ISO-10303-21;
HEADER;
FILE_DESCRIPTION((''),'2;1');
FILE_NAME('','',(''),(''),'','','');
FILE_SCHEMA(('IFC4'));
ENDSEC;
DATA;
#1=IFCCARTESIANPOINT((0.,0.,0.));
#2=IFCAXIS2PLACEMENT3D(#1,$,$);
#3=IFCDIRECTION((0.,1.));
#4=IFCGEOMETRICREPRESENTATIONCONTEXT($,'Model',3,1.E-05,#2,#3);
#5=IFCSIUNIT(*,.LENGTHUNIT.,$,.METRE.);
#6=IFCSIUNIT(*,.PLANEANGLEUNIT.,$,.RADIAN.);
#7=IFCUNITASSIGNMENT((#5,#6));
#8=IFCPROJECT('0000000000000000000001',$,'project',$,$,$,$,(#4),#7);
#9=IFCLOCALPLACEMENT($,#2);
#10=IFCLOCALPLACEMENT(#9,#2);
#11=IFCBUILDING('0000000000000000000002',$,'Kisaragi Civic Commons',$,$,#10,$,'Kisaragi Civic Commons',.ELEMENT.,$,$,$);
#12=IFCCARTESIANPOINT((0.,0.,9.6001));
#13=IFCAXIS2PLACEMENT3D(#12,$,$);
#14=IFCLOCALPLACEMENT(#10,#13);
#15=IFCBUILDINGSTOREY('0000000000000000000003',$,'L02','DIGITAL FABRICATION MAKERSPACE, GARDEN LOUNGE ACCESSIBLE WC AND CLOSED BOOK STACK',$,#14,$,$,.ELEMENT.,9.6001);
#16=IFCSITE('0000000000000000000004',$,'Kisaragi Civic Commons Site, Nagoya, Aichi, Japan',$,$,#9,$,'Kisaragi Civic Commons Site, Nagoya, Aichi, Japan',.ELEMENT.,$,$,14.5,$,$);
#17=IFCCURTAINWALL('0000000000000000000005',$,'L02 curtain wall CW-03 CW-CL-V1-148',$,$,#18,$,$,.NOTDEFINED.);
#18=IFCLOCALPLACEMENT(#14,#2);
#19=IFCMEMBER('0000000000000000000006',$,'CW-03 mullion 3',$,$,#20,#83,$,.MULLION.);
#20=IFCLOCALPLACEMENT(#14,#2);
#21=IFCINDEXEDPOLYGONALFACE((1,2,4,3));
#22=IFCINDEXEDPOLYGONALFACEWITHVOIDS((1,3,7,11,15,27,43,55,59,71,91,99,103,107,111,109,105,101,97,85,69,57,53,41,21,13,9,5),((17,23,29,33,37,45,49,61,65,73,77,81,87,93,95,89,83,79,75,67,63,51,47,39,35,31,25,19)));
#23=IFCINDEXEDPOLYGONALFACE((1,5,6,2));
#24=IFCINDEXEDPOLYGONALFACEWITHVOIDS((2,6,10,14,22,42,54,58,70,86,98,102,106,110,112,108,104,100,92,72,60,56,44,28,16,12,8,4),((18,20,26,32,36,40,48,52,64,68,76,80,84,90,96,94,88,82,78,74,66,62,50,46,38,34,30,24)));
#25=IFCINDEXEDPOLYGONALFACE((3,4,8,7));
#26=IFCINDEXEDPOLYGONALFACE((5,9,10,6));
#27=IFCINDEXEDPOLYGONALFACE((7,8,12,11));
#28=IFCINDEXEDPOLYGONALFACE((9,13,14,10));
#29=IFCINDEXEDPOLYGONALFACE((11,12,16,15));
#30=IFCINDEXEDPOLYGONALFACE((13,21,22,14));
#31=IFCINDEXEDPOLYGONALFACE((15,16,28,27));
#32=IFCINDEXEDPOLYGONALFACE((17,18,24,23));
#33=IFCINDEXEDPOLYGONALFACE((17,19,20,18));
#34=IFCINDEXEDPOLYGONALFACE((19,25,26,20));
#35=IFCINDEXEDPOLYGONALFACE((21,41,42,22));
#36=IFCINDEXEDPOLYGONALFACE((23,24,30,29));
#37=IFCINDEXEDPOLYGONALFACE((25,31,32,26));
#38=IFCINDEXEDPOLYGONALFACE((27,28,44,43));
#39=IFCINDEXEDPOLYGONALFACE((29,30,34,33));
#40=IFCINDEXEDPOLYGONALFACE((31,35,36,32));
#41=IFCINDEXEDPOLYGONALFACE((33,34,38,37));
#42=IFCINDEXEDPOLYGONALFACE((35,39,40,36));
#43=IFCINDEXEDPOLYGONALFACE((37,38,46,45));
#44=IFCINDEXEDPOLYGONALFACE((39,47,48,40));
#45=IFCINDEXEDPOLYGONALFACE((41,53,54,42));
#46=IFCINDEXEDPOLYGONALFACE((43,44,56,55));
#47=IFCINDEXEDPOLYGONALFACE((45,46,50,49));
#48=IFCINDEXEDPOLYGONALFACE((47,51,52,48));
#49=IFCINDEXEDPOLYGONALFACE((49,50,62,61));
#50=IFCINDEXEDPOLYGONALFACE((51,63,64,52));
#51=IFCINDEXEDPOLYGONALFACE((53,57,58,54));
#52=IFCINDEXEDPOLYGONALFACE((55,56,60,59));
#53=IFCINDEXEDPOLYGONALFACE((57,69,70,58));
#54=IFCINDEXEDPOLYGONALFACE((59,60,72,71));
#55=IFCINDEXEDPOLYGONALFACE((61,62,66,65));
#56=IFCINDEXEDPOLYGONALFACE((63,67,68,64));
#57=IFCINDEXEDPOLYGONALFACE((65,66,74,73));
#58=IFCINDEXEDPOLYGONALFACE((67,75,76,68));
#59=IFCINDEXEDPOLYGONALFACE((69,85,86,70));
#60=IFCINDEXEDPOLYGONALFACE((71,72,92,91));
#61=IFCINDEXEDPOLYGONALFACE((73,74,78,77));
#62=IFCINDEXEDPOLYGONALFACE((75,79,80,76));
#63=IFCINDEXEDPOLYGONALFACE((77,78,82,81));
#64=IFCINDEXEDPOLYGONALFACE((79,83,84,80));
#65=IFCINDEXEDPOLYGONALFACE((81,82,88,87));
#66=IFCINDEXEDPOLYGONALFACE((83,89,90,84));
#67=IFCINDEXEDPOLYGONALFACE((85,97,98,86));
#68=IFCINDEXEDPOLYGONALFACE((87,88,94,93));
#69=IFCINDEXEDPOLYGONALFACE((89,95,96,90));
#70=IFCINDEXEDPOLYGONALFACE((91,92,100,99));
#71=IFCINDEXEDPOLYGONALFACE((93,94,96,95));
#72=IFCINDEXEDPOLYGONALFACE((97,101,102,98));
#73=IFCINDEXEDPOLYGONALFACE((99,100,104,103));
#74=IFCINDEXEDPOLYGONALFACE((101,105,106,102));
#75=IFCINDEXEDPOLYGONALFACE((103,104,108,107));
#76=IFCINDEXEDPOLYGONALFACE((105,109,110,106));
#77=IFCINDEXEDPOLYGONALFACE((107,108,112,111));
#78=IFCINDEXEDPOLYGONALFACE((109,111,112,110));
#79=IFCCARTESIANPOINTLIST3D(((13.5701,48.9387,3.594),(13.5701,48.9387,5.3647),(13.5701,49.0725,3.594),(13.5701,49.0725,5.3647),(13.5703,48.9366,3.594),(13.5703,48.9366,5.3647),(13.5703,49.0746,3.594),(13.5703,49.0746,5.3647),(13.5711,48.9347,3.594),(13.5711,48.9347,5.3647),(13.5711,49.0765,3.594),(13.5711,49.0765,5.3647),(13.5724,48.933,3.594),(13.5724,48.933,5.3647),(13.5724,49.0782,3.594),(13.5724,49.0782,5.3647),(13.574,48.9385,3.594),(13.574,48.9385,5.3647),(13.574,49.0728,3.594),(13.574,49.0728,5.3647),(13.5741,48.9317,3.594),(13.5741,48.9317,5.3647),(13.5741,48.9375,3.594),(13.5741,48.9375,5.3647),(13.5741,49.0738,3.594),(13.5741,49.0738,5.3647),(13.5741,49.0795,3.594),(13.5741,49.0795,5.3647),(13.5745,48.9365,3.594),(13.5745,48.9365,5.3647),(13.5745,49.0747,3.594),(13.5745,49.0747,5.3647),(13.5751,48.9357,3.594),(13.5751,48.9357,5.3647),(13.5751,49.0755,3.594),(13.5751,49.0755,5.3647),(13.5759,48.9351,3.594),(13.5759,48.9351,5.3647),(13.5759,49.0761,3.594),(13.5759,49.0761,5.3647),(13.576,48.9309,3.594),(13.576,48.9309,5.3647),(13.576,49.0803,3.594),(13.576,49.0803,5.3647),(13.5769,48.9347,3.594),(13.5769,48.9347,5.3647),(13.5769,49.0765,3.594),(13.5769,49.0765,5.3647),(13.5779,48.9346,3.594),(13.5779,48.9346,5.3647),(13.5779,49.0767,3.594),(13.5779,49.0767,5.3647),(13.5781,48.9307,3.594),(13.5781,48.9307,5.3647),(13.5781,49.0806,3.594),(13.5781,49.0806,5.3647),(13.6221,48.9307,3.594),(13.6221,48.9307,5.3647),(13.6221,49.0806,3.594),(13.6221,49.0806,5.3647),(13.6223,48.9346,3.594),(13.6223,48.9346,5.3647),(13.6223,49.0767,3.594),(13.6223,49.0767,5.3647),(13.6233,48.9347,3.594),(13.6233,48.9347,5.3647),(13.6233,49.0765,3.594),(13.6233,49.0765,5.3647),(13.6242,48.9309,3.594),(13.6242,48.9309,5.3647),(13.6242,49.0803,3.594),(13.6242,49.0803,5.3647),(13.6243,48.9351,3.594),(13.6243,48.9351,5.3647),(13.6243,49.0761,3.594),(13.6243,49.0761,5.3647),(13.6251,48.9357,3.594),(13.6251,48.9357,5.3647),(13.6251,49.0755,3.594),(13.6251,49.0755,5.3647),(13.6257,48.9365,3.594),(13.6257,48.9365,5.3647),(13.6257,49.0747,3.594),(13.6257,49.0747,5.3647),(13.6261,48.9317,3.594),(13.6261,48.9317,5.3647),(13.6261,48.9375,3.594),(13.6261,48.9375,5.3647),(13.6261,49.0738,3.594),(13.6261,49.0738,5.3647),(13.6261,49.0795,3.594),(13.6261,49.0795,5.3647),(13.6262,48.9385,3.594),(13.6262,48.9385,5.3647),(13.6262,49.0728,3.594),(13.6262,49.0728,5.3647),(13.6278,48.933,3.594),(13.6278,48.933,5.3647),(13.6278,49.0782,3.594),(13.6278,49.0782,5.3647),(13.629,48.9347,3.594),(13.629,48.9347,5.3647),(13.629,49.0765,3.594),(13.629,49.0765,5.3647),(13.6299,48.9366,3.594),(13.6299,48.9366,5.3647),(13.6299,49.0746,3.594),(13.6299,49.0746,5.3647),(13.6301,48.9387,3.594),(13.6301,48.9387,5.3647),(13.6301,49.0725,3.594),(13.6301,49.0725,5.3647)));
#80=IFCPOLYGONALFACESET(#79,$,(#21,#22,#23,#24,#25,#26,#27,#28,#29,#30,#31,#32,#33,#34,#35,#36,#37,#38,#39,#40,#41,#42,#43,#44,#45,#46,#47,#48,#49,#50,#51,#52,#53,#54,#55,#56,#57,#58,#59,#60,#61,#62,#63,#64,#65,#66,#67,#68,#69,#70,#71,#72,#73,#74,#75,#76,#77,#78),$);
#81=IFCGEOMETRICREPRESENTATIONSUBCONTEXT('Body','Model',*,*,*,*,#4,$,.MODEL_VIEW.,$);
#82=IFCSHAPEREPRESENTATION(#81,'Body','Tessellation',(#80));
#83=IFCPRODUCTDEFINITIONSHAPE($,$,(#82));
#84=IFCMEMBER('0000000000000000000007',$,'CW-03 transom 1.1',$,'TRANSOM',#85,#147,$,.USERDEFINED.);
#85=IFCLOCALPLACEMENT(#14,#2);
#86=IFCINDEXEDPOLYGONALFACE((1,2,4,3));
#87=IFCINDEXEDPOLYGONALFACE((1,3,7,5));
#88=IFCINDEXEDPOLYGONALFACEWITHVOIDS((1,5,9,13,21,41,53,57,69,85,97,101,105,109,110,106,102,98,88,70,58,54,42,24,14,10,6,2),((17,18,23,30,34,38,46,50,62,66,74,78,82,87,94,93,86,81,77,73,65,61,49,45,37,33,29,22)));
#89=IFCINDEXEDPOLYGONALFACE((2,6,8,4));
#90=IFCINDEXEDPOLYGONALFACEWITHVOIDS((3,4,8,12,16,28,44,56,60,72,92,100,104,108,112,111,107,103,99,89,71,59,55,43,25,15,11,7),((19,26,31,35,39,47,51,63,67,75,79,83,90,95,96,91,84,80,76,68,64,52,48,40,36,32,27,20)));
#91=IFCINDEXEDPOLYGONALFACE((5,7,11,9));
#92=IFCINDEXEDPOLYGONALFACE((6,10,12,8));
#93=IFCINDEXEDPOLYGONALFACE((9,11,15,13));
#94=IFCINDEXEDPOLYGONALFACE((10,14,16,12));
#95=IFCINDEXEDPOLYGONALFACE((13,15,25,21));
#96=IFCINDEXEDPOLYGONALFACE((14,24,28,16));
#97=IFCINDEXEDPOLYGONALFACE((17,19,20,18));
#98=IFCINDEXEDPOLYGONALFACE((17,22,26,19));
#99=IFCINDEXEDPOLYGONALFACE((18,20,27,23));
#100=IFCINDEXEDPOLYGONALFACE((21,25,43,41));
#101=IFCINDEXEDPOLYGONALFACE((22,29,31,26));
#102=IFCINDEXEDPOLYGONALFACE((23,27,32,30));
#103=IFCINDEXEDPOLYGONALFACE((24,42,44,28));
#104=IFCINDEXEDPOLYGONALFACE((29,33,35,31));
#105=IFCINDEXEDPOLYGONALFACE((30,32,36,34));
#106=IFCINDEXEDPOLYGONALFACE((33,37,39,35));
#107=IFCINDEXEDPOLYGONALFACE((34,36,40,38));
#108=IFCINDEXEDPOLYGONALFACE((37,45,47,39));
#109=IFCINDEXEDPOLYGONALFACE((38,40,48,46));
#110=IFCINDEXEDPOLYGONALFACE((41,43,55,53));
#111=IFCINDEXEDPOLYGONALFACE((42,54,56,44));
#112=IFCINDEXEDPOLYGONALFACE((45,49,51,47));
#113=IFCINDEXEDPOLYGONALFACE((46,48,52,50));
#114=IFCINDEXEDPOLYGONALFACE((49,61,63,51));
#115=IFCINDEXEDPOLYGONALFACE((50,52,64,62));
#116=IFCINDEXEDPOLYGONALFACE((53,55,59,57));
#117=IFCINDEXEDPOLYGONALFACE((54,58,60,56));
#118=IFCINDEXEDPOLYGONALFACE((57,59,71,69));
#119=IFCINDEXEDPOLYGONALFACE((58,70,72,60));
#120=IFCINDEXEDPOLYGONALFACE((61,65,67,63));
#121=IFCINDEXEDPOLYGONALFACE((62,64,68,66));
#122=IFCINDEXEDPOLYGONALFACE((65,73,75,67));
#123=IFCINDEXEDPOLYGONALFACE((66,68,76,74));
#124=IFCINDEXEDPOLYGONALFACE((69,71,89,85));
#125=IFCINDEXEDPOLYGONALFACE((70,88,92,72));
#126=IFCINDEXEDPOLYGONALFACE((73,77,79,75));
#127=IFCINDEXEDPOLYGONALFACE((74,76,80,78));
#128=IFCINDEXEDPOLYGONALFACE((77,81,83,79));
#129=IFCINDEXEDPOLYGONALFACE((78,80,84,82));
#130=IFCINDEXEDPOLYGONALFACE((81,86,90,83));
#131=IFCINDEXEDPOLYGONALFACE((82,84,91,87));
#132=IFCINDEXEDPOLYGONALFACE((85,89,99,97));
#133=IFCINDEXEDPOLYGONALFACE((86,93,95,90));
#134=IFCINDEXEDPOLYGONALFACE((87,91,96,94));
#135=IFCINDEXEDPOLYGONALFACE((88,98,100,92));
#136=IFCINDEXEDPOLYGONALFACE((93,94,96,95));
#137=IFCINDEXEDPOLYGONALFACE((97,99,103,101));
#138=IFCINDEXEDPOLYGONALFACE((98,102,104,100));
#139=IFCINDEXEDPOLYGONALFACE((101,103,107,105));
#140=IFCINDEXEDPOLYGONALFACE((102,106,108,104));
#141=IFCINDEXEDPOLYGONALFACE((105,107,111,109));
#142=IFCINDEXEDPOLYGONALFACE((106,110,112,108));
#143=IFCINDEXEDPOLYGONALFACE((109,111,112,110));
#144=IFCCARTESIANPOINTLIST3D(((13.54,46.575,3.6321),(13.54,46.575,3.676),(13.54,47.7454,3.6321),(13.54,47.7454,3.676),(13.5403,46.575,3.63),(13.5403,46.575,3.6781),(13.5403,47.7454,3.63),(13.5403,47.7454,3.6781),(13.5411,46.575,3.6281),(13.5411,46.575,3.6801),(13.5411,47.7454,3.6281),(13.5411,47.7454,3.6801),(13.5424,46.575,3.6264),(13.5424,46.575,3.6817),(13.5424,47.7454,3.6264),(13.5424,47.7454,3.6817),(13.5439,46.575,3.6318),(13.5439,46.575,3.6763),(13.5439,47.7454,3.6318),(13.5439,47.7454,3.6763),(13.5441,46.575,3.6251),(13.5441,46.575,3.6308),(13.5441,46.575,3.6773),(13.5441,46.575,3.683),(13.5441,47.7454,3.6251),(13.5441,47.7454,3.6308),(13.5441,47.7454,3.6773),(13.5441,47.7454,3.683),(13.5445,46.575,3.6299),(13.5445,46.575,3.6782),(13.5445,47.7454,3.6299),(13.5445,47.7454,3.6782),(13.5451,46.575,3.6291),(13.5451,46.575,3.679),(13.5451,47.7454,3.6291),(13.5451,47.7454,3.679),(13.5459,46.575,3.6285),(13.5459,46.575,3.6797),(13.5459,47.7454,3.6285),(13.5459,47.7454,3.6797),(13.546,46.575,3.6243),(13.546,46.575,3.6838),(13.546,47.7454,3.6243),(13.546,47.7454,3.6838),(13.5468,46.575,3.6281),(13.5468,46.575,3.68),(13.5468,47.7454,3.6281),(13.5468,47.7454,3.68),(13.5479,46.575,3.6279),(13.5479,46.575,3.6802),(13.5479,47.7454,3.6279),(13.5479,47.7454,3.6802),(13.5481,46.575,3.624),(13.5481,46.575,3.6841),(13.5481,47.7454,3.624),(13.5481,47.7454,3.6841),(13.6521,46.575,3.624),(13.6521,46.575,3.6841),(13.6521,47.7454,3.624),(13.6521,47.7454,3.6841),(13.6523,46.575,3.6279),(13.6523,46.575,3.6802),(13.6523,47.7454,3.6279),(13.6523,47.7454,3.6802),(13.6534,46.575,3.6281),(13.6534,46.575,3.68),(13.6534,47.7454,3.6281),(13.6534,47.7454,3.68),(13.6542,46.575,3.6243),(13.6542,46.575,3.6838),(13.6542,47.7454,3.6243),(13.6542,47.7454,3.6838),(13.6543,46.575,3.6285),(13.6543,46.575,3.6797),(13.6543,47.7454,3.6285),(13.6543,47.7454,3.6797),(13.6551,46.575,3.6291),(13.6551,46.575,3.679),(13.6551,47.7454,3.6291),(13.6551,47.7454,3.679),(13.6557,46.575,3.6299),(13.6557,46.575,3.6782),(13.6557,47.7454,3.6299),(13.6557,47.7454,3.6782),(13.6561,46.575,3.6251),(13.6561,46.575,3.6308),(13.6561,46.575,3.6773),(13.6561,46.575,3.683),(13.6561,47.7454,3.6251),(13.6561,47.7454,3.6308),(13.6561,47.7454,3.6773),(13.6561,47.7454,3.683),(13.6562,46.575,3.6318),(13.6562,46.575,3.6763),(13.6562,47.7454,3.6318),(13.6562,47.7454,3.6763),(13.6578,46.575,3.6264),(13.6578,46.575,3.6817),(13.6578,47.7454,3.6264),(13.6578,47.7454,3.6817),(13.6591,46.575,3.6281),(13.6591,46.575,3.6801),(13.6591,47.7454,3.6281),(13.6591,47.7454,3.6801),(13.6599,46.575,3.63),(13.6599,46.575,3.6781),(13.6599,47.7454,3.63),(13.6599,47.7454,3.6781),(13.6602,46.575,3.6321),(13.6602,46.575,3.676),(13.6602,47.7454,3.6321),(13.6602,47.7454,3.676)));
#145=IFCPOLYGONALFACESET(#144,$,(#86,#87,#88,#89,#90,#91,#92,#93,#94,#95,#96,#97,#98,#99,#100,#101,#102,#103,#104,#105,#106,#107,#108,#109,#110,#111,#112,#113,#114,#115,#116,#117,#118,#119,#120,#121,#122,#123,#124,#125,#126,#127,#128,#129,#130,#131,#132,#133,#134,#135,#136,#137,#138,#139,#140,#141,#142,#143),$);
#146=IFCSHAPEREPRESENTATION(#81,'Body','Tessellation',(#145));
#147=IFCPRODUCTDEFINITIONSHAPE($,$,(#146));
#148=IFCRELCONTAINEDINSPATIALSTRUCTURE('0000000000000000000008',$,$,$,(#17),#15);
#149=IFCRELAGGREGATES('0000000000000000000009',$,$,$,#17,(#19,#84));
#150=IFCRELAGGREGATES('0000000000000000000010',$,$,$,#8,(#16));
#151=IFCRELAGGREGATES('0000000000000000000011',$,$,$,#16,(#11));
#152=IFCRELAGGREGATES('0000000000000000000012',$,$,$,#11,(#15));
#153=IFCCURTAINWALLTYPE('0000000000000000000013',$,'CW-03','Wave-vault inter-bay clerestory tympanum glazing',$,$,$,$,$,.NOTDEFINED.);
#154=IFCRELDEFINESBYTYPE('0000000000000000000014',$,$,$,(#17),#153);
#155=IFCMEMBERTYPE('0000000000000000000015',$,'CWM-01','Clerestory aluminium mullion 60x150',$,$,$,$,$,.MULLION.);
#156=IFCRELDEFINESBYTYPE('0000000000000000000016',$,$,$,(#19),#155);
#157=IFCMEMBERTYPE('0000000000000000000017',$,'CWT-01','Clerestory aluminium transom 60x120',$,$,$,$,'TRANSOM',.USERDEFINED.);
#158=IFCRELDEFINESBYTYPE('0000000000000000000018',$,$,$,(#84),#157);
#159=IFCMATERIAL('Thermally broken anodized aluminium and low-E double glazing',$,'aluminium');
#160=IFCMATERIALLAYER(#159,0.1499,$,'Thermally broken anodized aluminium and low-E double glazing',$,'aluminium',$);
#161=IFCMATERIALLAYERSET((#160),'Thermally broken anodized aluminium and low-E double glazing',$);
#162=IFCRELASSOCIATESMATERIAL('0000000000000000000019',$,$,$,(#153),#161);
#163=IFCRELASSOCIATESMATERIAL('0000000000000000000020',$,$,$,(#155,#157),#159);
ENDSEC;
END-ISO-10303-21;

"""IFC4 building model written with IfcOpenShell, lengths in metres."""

from ifc_helpers import new_model, si_unit, direction, frame, origin, origin_2d, place, context, subcontext, project, spatial, hollow_rectangle, extrude, material, layer, layer_set, material_profile, profile_set, type_object, element, aggregate, save


model = new_model("IFC4")

# Units and contexts
model_context = context("Model", 3, precision=1e-05, world=origin(), true_north=direction((0.0, 1.0)))
body_context = subcontext(model_context, "Body", "Model", "MODEL_VIEW")
ifc_project = project(units=[si_unit("LENGTHUNIT", "METRE"), si_unit("PLANEANGLEUNIT", "RADIAN")], contexts=[model_context])

# Site, building, storey
site_placement = place(None, origin())
site = spatial("IfcSite", under=ifc_project, at=site_placement, Name="Kisaragi Civic Commons Site, Nagoya, Aichi, Japan", LongName="Kisaragi Civic Commons Site, Nagoya, Aichi, Japan", CompositionType="ELEMENT", RefElevation=14.5)
building_placement = place(site_placement, origin())
building = spatial("IfcBuilding", under=site, at=building_placement, Name="Kisaragi Civic Commons", LongName="Kisaragi Civic Commons", CompositionType="ELEMENT")
storey_placement = place(building_placement, frame((0.0, 0.0, 9.6001)))
storey = spatial("IfcBuildingStorey", under=building, at=storey_placement, Name="L02", Description="DIGITAL FABRICATION MAKERSPACE, GARDEN LOUNGE ACCESSIBLE WC AND CLOSED BOOK STACK", CompositionType="ELEMENT", Elevation=9.6001)

# Shared definitions
ifc_material_1 = material(Name="Thermally broken anodized aluminium and low-E double glazing", Category="aluminium")
ifc_layer_1 = layer(ifc_material_1, 0.1499, Name="Thermally broken anodized aluminium and low-E double glazing", Category="aluminium")
ifc_layer_set_1 = layer_set([ifc_layer_1], Name="Thermally broken anodized aluminium and low-E double glazing")
curtain_wall_type = type_object("IfcCurtainWallType", Name="CW-03", Description="Wave-vault inter-bay clerestory tympanum glazing", PredefinedType="NOTDEFINED", material=ifc_layer_set_1)
ifc_material_profile_1 = material_profile(ifc_material_1, hollow_rectangle(XDim=0.0601, YDim=0.1499, WallThickness=0.0039, InnerFilletRadius=0.0039, OuterFilletRadius=0.0081, at=origin_2d()), Name="CWM-60x150x4", Category="aluminium")
ifc_profile_set_1 = profile_set([ifc_material_profile_1], Name="Thermally broken anodized aluminium and low-E double glazing")
member_type_1 = type_object("IfcMemberType", Name="CWM-01", Description="Clerestory aluminium mullion 60x150", PredefinedType="MULLION", material=ifc_profile_set_1)

# Curtain wall, members
curtain_wall_1_placement = place(storey_placement, origin())
curtain_wall_1 = element("IfcCurtainWall", 1, at=curtain_wall_1_placement, inside=storey, type_object=curtain_wall_type, Name="L02 curtain wall CW-03 CW-CL-V1-148", PredefinedType="NOTDEFINED")
member_1_placement = place(storey_placement, frame((13.6001, 49.0056, 3.594), z_axis=(0.0, 0.0, 1.0), x_axis=(-1.0, 0.0, 0.0)))
member_1 = element("IfcMember", 2, at=member_1_placement, type_object=member_type_1, Name="CW-03 mullion 3", PredefinedType="MULLION", context=body_context, shape_type="SweptSolid", body=[
    extrude(hollow_rectangle(XDim=0.0601, YDim=0.1499, WallThickness=0.0039, InnerFilletRadius=0.0039, OuterFilletRadius=0.0081, at=origin_2d()), origin(), (0.0, 0.0, 1.0), 1.7708),
])
ifc_material_profile_2 = material_profile(ifc_material_1, hollow_rectangle(XDim=0.1201, YDim=0.0601, WallThickness=0.0039, InnerFilletRadius=0.0039, OuterFilletRadius=0.0081, at=origin_2d()), Name="CWT-60x120x4", Category="aluminium")
ifc_profile_set_2 = profile_set([ifc_material_profile_2], Name="Thermally broken anodized aluminium and low-E double glazing")
member_type_2 = type_object("IfcMemberType", Name="CWT-01", Description="Clerestory aluminium transom 60x120", ElementType="TRANSOM", PredefinedType="USERDEFINED", material=ifc_profile_set_2)
member_2_placement = place(storey_placement, frame((13.6001, 46.575, 3.6541), z_axis=(0.0, 1.0, 0.0), x_axis=(-1.0, 0.0, 0.0)))
member_2 = element("IfcMember", 3, at=member_2_placement, type_object=member_type_2, Name="CW-03 transom 1.1", ObjectType="TRANSOM", PredefinedType="USERDEFINED", context=body_context, shape_type="SweptSolid", body=[
    extrude(hollow_rectangle(XDim=0.1201, YDim=0.0601, WallThickness=0.0039, InnerFilletRadius=0.0039, OuterFilletRadius=0.0081, at=origin_2d()), origin(), (0.0, 0.0, 1.0), 1.1704),
])

aggregate(curtain_wall_1, [member_1, member_2])

save(model, "model.ifc")
